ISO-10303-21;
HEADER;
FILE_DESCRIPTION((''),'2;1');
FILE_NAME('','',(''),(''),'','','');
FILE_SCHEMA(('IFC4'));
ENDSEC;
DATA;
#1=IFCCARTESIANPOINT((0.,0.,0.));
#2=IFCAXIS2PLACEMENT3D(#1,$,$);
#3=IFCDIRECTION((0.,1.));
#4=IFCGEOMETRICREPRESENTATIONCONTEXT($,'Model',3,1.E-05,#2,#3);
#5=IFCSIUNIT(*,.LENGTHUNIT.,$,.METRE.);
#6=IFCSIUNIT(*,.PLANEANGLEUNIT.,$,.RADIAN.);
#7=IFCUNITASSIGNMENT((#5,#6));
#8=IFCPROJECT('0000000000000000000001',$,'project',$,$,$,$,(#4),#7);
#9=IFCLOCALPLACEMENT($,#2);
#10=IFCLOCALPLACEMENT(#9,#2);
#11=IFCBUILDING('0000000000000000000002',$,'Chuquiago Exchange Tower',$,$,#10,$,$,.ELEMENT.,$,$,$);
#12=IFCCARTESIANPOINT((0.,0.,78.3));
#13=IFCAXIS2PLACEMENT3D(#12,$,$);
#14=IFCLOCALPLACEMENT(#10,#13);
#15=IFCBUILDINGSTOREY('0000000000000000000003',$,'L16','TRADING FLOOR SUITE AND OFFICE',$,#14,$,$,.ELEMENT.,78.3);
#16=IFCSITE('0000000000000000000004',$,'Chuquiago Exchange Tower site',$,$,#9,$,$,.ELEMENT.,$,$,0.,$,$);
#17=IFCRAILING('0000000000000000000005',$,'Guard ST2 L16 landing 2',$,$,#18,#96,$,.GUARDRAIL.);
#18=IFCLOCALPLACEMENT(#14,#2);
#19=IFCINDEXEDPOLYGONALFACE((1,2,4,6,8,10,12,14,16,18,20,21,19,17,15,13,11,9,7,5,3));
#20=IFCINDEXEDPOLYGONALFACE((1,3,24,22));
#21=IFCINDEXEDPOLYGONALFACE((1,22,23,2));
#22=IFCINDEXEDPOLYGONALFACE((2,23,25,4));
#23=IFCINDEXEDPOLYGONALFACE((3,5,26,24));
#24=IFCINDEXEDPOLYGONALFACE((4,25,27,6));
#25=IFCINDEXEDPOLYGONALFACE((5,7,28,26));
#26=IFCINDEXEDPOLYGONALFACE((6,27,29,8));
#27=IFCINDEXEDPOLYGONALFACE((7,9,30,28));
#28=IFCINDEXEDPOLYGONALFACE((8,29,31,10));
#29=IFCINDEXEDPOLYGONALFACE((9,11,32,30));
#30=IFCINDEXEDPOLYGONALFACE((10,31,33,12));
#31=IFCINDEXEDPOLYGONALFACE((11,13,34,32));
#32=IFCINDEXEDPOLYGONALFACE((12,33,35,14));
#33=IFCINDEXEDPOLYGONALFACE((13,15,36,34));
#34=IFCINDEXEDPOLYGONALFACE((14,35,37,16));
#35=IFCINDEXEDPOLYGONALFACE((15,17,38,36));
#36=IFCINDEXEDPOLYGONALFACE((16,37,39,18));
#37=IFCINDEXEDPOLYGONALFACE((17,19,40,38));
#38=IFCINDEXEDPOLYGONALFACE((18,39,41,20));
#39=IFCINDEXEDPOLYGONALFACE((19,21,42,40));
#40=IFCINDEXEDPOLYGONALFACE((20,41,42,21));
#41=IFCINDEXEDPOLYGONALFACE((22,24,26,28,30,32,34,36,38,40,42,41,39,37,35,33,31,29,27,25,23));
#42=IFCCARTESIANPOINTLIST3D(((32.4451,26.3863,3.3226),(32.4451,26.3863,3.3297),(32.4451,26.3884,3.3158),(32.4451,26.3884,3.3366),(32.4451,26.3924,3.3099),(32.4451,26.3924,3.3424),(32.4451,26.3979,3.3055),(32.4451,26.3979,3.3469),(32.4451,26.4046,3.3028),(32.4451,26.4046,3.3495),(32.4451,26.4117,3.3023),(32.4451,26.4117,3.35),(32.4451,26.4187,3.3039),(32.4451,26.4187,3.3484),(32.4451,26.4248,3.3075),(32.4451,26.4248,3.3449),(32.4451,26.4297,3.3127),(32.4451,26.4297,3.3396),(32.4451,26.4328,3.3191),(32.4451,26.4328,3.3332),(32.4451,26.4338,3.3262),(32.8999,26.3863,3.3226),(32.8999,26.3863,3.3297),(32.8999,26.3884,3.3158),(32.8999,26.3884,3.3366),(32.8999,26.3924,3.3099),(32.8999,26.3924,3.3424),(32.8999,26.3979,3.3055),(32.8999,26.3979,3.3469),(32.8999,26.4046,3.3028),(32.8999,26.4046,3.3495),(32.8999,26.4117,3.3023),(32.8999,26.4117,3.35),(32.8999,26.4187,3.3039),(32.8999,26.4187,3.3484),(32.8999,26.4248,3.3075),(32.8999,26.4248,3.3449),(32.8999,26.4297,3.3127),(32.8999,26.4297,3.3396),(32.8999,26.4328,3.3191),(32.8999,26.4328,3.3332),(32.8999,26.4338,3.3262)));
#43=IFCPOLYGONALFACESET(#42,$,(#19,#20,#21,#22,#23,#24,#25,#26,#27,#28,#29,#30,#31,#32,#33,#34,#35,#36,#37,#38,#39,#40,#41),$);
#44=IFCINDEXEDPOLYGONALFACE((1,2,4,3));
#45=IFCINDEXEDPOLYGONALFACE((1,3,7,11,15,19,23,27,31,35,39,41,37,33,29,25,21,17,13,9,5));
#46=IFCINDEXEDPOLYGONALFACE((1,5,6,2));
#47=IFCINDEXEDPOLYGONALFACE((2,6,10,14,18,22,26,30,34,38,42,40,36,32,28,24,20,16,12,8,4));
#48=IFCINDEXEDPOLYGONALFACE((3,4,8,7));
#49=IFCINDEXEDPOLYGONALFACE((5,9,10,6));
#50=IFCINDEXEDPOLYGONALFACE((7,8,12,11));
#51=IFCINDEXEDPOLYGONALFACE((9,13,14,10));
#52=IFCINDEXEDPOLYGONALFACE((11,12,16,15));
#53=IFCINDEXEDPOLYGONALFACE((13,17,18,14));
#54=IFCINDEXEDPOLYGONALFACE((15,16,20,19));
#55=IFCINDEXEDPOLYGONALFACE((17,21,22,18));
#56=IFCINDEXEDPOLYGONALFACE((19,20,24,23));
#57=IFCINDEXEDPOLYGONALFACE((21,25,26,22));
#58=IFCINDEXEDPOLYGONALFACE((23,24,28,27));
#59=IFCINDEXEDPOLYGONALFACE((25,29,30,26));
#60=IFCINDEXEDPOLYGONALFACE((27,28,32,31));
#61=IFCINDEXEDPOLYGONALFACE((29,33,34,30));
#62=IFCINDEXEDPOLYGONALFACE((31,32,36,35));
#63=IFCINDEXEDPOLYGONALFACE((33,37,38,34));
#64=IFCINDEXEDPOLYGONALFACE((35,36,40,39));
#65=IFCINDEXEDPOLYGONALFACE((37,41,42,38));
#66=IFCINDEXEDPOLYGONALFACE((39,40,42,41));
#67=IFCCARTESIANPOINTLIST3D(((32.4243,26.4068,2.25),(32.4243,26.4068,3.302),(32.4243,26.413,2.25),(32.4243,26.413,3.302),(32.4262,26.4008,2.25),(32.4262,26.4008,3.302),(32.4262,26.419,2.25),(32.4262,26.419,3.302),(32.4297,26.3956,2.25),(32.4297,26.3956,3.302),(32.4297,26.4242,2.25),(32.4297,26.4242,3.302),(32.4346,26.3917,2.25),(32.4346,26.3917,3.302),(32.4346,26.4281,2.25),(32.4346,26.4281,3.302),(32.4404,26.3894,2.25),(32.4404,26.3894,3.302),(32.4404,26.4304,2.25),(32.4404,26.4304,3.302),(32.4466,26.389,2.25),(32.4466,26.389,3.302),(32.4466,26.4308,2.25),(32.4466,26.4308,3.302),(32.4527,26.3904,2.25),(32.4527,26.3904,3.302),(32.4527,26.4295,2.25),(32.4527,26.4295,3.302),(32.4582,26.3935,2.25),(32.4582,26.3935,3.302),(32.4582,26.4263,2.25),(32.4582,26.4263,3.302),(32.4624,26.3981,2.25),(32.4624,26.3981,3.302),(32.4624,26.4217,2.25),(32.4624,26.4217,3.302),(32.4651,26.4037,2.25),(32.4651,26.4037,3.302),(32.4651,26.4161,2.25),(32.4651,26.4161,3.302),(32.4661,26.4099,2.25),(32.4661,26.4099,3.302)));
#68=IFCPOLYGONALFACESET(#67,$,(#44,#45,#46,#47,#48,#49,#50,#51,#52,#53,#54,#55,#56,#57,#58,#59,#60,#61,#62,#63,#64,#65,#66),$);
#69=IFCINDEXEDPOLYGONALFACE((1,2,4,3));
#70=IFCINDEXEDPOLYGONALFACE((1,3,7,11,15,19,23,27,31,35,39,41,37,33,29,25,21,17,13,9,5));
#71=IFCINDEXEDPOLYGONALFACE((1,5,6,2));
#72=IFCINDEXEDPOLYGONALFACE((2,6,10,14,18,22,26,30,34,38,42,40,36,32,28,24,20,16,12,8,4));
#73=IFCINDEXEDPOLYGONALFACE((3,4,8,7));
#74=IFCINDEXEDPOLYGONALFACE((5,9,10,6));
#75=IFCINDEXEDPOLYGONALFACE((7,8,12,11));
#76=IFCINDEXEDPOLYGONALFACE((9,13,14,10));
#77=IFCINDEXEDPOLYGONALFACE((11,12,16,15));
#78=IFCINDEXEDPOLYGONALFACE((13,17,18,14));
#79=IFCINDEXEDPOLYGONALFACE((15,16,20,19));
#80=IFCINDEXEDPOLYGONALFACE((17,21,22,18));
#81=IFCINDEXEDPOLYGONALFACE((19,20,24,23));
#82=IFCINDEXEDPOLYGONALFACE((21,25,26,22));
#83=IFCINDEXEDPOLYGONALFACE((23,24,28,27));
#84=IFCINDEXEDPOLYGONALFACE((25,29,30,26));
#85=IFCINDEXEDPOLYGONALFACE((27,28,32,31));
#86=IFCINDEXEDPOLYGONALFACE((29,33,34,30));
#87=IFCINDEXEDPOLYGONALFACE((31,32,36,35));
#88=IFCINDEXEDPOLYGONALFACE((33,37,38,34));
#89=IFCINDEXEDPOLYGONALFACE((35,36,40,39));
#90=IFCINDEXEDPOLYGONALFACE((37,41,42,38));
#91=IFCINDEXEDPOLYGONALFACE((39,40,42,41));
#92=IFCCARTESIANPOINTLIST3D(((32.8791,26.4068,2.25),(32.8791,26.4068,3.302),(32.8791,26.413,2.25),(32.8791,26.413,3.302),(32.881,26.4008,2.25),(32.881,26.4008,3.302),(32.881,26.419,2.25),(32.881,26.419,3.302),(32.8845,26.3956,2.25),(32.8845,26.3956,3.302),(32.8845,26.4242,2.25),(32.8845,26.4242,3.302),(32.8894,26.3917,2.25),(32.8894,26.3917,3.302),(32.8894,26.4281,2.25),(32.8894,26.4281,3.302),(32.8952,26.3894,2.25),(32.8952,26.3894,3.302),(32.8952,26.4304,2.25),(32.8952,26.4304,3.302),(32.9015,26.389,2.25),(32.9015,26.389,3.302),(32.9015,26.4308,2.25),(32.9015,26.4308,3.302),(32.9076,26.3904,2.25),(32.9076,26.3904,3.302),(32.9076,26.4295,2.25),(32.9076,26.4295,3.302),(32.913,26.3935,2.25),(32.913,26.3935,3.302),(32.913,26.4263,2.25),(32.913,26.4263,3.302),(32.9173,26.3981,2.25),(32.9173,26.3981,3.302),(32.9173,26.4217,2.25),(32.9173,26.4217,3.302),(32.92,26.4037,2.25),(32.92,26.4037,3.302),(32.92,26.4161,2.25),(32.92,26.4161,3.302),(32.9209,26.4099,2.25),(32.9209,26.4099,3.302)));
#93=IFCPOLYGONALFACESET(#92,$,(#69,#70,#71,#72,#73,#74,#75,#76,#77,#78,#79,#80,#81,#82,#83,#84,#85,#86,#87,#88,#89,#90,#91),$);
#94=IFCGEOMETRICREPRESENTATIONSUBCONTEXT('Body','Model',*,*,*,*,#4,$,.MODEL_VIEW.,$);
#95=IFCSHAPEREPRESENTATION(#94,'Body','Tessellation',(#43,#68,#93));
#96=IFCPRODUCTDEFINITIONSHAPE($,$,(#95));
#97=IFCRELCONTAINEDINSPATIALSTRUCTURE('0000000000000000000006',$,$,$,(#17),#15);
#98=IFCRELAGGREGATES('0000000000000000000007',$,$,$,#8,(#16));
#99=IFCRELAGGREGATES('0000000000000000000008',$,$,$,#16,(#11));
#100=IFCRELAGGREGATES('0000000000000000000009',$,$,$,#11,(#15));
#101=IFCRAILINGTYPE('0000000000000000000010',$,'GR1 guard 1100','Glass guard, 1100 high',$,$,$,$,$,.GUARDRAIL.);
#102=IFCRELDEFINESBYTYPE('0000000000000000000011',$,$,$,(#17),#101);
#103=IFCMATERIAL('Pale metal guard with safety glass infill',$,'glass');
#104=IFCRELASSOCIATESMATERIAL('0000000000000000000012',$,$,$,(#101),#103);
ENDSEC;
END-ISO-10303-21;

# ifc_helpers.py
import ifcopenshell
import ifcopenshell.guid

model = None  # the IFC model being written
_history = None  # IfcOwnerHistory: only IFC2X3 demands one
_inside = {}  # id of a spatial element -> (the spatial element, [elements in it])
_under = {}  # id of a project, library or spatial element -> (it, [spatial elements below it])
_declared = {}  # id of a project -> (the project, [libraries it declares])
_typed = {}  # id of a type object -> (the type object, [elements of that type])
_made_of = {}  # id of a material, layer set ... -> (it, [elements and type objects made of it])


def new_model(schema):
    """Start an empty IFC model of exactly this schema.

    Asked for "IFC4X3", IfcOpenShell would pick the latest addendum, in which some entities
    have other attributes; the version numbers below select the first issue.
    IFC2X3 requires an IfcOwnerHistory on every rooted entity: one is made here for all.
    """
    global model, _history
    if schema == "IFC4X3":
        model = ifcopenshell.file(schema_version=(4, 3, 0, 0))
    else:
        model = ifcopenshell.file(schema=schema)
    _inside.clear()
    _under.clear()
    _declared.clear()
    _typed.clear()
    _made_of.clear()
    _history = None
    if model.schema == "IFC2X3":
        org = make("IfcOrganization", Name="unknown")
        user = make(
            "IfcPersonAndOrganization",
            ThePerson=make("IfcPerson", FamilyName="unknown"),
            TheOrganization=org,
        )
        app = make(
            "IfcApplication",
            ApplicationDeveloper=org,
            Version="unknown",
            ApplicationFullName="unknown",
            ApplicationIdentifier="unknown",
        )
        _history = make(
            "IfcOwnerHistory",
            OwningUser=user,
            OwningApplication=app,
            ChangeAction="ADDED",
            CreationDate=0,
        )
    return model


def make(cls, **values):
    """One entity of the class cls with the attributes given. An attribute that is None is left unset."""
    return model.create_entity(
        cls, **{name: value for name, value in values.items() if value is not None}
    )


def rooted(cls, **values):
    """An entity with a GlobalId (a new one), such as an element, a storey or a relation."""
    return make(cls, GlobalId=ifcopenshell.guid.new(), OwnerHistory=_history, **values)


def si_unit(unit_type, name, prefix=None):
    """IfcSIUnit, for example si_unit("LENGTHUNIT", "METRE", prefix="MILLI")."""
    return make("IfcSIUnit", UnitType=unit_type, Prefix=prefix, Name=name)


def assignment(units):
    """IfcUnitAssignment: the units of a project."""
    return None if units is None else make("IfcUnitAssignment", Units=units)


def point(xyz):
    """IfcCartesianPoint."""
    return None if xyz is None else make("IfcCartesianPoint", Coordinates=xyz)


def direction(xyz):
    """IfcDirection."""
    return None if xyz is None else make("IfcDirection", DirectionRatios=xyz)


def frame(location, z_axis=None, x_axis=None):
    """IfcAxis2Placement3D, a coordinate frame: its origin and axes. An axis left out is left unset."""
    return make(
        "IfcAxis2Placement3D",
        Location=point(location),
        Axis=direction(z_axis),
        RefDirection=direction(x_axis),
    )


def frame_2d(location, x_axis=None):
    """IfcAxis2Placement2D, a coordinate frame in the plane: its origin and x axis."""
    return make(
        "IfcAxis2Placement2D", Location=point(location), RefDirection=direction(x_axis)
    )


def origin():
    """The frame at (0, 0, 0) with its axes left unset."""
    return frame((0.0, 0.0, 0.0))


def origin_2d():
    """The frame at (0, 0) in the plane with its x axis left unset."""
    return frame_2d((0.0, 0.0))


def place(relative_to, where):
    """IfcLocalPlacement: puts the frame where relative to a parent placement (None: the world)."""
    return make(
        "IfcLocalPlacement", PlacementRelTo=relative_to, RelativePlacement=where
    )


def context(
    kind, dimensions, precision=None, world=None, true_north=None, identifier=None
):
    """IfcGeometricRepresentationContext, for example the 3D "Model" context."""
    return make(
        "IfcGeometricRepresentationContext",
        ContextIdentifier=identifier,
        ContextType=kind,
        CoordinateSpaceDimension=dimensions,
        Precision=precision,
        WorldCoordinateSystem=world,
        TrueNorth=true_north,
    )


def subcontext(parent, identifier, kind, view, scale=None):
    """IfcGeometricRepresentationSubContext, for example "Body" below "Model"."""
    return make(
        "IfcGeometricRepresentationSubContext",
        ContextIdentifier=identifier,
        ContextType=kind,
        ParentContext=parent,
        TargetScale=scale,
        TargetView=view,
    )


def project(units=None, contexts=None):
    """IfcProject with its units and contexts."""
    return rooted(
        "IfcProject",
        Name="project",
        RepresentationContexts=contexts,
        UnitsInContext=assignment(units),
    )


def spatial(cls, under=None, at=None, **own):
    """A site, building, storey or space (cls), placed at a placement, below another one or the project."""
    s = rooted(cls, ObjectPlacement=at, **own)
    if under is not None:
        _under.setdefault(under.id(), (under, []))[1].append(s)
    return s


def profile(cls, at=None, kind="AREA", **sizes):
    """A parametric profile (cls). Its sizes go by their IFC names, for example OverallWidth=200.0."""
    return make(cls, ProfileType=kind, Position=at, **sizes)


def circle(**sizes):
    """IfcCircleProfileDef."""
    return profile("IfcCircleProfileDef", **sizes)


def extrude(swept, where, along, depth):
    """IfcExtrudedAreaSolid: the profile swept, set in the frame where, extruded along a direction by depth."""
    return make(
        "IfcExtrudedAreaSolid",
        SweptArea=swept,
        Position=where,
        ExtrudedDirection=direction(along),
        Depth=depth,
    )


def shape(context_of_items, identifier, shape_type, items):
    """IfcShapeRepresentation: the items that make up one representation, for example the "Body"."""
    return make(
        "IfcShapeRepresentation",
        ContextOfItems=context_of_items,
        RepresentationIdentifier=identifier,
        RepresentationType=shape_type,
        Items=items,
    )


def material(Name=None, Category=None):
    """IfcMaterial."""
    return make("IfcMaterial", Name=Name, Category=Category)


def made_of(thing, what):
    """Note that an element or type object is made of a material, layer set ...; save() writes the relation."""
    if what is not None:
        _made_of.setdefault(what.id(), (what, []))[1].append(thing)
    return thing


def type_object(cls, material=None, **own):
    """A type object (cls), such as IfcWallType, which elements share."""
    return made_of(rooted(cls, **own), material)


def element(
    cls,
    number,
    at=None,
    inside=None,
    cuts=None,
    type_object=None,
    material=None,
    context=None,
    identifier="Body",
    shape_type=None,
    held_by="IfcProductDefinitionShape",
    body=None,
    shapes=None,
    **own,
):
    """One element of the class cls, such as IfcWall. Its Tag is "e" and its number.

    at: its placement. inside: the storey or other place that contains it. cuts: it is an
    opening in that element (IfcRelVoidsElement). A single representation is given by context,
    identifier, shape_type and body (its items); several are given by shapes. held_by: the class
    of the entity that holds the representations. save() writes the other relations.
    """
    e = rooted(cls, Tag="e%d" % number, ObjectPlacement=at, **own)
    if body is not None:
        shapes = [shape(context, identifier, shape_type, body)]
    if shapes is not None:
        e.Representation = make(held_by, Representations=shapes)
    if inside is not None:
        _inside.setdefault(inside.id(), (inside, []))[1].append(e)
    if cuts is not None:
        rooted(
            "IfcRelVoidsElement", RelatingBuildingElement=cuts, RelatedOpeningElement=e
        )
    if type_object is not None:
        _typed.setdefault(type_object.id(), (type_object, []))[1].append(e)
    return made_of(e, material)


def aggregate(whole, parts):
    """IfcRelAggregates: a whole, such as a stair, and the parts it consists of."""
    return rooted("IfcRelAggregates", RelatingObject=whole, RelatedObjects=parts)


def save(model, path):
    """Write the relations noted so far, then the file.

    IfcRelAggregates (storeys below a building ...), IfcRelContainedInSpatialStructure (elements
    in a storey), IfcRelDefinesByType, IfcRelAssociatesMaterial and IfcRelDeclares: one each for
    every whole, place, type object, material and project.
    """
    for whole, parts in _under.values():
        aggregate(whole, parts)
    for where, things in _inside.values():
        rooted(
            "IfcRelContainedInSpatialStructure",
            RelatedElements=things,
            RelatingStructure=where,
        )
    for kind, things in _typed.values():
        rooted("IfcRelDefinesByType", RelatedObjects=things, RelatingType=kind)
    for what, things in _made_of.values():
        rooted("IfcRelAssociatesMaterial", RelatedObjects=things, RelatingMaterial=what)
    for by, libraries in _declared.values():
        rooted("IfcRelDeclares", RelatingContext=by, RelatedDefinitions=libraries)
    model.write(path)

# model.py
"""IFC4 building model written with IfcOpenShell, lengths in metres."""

from ifc_helpers import new_model, si_unit, direction, frame, origin, origin_2d, place, context, subcontext, project, spatial, circle, extrude, material, type_object, element, save


model = new_model("IFC4")

# Units and contexts
model_context = context("Model", 3, precision=1e-05, world=origin(), true_north=direction((0.0, 1.0)))
body_context = subcontext(model_context, "Body", "Model", "MODEL_VIEW")
ifc_project = project(units=[si_unit("LENGTHUNIT", "METRE"), si_unit("PLANEANGLEUNIT", "RADIAN")], contexts=[model_context])

# Site, building, storey
site_placement = place(None, origin())
site = spatial("IfcSite", under=ifc_project, at=site_placement, Name="Chuquiago Exchange Tower site", CompositionType="ELEMENT", RefElevation=0.0)
building_placement = place(site_placement, origin())
building = spatial("IfcBuilding", under=site, at=building_placement, Name="Chuquiago Exchange Tower", CompositionType="ELEMENT")
storey_placement = place(building_placement, frame((0.0, 0.0, 78.3)))
storey = spatial("IfcBuildingStorey", under=building, at=storey_placement, Name="L16", Description="TRADING FLOOR SUITE AND OFFICE", CompositionType="ELEMENT", Elevation=78.3)

# Railing
ifc_material_1 = material(Name="Pale metal guard with safety glass infill", Category="glass")
railing_type_1 = type_object("IfcRailingType", Name="GR1 guard 1100", Description="Glass guard, 1100 high", PredefinedType="GUARDRAIL", material=ifc_material_1)
for number, where, name in (
    (1, (32.4451, 26.4099, 2.25), "Guard ST2 L16 landing 2"),
):
    element("IfcRailing", number, at=place(storey_placement, frame(where)), inside=storey, type_object=railing_type_1, Name=name, PredefinedType="GUARDRAIL", context=body_context, shape_type="SweptSolid", body=[
        extrude(circle(Radius=0.0239, at=origin_2d()), frame((0.0, 0.0, 1.0762), z_axis=(1.0, 0.0, 0.0), x_axis=(0.0, 1.0, 0.0)), (0.0, 0.0, 1.0), 0.4548),
        extrude(circle(Radius=0.021, at=origin_2d()), origin(), (0.0, 0.0, 1.0), 1.052),
        extrude(circle(Radius=0.021, at=origin_2d()), frame((0.4548, 0.0, 0.0)), (0.0, 0.0, 1.0), 1.052),
    ])

save(model, "model.ifc")
